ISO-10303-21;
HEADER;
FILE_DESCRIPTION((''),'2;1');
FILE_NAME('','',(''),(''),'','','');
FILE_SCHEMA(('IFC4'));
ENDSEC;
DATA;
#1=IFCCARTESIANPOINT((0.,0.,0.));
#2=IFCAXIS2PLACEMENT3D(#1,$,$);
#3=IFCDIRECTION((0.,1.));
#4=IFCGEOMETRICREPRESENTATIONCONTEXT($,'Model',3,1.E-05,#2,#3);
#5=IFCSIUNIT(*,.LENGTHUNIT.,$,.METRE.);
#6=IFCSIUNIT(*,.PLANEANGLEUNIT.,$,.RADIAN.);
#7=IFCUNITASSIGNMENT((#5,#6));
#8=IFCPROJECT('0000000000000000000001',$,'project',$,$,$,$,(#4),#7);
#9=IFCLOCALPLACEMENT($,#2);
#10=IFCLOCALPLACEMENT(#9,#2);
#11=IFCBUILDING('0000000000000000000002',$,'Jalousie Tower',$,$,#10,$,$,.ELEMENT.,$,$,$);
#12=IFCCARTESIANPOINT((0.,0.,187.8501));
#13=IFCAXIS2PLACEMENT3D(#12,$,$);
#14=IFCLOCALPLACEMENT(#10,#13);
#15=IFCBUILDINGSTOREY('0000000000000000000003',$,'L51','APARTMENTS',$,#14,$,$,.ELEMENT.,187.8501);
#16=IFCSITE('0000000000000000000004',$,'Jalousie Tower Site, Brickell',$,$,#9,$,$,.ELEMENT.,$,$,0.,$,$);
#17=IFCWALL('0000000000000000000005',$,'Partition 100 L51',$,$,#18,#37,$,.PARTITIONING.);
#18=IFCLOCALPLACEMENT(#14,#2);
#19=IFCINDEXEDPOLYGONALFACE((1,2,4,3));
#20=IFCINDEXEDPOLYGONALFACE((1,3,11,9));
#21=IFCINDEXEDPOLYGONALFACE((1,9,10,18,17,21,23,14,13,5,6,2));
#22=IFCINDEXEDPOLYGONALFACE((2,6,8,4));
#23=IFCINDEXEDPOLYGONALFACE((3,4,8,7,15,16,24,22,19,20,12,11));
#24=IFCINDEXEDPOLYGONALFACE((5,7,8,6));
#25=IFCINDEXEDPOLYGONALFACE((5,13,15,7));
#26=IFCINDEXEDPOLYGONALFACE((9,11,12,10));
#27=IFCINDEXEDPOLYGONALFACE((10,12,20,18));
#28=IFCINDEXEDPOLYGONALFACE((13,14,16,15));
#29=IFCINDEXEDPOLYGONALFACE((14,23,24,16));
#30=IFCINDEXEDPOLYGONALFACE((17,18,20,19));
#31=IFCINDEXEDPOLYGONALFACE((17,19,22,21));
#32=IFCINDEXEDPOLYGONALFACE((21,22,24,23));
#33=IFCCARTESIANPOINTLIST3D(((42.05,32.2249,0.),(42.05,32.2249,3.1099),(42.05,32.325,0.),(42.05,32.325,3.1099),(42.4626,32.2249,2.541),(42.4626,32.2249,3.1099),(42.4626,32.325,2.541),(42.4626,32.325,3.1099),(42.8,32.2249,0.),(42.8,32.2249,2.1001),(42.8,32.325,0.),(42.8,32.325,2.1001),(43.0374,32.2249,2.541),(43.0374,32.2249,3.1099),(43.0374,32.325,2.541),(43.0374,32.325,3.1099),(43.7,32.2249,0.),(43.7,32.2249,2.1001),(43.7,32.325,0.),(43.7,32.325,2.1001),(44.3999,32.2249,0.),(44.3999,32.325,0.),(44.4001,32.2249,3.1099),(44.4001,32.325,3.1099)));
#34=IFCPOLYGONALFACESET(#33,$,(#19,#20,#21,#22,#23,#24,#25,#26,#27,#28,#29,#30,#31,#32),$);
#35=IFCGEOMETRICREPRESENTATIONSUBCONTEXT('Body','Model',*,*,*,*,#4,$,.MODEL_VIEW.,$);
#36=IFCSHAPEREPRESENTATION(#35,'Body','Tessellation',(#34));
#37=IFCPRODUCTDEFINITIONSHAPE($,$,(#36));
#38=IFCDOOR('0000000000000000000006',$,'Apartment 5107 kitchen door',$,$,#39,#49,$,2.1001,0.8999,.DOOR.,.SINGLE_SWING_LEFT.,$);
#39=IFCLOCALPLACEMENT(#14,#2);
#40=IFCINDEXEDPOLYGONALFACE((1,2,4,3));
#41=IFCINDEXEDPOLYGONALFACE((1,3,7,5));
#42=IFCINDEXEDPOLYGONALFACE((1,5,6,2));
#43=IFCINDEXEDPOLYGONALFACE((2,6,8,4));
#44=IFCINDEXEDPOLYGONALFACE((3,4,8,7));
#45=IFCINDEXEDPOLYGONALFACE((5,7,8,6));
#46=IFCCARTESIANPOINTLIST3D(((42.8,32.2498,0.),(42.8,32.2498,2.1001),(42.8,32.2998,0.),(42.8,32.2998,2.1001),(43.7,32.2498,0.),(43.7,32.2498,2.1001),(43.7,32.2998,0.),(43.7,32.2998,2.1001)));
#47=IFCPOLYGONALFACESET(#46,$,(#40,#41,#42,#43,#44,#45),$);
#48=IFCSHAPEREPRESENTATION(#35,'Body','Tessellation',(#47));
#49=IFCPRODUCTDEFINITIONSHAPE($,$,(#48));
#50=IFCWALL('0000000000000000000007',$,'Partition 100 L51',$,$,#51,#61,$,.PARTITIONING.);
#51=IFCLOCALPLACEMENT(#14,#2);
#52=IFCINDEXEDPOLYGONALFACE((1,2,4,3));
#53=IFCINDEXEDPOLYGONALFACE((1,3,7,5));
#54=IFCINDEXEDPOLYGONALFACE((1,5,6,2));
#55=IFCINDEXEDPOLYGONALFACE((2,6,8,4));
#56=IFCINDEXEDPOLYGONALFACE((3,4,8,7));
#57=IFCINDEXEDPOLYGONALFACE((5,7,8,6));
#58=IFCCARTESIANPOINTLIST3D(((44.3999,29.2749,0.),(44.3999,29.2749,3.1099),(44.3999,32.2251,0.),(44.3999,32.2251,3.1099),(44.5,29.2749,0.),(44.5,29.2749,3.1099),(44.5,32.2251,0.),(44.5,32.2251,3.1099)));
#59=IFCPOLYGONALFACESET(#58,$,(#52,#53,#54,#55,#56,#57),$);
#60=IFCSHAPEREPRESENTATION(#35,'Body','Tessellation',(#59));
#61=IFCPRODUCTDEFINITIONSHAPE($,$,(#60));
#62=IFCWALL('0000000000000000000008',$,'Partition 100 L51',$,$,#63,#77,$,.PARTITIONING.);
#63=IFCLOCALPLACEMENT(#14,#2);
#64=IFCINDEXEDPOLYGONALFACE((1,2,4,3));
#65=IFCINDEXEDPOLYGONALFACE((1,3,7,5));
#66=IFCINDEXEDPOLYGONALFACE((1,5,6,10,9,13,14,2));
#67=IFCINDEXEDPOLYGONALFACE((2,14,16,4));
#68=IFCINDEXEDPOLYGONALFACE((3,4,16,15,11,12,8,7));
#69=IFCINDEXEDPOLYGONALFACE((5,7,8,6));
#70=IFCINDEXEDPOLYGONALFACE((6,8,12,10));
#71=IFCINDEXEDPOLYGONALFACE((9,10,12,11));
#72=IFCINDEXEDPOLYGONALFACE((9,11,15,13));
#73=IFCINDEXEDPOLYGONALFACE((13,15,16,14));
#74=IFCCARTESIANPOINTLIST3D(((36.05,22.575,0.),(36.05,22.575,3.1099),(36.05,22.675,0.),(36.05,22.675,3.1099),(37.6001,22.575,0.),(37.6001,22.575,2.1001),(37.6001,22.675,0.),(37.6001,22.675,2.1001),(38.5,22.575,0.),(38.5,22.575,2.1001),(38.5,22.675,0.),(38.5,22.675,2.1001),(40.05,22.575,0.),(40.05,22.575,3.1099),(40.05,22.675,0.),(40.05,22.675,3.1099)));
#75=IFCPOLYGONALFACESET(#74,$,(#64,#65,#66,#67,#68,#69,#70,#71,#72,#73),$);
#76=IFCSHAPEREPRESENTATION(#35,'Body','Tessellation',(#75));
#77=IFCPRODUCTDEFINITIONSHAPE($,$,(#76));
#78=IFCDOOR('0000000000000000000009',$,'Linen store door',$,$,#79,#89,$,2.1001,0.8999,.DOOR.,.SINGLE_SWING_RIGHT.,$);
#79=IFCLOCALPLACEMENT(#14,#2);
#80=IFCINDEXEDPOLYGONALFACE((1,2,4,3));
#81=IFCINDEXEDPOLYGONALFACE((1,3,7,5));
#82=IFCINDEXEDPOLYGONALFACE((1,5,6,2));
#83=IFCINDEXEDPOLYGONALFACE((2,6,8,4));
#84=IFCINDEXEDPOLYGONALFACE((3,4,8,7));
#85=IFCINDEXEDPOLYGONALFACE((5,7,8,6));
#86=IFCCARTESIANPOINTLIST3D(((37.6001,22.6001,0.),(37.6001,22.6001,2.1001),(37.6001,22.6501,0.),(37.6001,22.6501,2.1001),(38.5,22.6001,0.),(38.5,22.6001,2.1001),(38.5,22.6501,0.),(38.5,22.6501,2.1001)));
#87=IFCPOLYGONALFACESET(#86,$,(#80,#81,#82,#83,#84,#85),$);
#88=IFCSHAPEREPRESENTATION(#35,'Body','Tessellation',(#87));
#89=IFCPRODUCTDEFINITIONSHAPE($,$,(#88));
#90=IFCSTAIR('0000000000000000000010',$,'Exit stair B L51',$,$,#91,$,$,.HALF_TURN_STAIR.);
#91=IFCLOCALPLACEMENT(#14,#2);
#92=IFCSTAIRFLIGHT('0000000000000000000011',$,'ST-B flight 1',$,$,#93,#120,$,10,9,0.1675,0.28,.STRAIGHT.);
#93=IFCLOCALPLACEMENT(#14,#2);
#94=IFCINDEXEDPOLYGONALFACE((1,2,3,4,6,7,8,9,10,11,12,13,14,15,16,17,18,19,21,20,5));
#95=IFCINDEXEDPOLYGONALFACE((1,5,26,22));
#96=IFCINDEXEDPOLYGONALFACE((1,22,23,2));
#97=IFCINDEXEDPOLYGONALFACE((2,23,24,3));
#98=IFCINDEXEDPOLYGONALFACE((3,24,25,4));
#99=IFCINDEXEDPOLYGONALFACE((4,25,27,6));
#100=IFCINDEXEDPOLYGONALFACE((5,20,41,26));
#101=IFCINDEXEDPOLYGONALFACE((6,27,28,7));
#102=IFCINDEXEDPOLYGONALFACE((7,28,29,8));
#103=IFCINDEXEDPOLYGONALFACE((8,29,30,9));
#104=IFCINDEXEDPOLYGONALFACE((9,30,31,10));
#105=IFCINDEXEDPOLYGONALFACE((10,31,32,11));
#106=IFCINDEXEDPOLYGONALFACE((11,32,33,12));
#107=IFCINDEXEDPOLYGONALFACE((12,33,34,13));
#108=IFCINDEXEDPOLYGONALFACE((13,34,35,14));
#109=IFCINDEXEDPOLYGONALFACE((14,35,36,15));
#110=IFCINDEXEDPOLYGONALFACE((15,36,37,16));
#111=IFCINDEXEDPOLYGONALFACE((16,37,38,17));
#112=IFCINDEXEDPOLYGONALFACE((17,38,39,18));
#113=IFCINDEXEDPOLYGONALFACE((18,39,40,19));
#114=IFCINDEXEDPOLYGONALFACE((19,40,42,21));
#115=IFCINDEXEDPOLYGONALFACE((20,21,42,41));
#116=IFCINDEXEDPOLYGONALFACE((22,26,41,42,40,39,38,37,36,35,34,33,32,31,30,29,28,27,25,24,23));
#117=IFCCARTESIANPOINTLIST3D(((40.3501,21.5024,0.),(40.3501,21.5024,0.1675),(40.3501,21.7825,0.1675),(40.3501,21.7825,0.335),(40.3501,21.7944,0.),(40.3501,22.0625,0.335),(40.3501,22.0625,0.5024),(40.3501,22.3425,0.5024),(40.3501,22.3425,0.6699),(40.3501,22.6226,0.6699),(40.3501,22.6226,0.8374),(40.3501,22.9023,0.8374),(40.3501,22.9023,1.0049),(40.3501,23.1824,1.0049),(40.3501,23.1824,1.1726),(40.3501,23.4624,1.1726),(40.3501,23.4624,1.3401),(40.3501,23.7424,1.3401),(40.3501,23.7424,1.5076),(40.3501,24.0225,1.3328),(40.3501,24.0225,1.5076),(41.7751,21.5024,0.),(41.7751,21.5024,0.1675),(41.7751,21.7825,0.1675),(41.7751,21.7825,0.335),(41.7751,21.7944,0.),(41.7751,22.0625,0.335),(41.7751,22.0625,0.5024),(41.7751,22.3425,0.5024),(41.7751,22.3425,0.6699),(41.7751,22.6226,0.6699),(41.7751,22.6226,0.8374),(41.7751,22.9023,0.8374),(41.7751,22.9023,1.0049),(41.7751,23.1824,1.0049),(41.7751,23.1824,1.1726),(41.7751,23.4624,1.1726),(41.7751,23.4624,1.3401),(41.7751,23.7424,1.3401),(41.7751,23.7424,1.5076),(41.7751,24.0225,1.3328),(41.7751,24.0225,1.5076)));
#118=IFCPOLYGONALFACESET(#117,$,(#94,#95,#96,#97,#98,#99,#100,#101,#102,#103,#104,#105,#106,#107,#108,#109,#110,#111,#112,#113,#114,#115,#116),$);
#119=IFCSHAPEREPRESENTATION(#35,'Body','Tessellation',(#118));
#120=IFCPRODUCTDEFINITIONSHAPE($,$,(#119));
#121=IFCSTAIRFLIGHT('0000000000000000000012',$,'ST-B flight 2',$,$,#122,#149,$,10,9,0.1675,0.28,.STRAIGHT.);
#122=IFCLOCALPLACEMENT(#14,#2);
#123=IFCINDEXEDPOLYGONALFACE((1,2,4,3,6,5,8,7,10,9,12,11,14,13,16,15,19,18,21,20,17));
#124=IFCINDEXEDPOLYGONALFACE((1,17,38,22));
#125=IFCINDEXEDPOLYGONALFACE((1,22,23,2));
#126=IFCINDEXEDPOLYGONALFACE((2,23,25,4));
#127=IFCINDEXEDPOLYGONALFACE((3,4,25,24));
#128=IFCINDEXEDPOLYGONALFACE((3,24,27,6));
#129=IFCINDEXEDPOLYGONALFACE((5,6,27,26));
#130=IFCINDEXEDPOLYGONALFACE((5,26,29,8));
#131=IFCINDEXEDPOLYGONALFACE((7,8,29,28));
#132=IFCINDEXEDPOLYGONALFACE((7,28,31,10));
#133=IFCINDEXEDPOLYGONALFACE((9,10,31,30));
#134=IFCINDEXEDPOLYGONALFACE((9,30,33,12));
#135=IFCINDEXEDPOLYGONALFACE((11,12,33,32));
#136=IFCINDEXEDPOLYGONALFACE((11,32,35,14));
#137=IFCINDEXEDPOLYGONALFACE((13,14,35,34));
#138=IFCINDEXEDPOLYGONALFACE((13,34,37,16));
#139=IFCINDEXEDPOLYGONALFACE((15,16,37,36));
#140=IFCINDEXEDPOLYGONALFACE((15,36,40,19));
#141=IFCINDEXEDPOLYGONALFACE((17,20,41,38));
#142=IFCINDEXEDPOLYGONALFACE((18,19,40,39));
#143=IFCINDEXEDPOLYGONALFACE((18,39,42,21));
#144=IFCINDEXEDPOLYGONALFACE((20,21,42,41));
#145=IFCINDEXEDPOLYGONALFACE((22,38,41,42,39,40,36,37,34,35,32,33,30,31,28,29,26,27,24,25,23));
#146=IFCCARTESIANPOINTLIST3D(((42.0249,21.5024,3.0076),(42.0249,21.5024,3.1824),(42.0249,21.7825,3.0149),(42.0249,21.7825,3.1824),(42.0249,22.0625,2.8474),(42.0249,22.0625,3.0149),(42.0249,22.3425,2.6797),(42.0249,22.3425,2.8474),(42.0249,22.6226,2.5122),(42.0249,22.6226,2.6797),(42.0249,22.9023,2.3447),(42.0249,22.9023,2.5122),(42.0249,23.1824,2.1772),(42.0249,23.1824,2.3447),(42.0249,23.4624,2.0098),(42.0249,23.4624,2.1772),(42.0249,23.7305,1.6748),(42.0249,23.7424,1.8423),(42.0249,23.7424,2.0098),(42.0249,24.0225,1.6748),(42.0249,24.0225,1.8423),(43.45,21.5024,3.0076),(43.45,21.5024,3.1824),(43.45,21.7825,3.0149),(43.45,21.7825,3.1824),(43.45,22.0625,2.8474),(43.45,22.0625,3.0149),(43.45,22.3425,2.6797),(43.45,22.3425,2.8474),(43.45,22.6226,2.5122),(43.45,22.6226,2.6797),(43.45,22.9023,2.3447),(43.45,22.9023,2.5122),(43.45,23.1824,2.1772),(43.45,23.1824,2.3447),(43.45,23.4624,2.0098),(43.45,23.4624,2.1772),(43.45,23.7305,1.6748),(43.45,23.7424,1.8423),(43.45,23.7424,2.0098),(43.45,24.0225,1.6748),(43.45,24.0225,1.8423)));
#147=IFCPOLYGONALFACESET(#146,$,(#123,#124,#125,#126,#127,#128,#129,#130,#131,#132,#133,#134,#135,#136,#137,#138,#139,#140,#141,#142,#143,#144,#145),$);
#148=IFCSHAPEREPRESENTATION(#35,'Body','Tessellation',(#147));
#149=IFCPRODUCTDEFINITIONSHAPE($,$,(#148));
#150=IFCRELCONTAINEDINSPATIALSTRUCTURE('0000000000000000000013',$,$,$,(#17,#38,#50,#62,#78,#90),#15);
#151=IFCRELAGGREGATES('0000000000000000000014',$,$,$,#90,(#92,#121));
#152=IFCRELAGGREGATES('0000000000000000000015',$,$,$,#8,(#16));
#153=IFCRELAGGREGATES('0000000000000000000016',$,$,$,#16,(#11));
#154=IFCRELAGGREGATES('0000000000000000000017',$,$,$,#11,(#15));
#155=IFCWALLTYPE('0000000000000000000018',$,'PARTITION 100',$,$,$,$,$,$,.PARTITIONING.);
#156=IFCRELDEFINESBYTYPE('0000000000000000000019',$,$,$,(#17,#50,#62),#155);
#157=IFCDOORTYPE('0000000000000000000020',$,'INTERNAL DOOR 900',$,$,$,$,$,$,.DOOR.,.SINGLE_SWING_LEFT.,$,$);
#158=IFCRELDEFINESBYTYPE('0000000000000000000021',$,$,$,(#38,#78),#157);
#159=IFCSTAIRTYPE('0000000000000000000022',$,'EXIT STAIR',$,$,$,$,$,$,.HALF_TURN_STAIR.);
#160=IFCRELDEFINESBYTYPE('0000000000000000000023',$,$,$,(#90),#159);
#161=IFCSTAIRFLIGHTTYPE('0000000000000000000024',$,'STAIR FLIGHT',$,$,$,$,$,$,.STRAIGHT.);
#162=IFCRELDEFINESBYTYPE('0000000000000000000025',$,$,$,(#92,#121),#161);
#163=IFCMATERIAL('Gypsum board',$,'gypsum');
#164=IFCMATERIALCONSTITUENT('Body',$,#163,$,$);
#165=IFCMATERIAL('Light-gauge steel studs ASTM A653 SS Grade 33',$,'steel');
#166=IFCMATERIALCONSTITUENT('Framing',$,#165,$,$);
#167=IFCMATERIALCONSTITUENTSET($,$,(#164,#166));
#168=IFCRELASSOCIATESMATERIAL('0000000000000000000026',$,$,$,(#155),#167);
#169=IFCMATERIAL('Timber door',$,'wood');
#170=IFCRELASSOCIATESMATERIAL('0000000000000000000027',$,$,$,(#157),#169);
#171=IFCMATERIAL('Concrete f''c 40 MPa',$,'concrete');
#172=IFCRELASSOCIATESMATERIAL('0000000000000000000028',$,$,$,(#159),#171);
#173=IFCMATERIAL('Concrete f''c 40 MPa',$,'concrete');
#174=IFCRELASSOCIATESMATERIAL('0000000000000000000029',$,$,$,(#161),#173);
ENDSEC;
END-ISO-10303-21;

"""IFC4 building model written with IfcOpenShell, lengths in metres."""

from ifc_helpers import new_model, si_unit, direction, frame, frame_2d, origin, place, context, subcontext, project, spatial, polyline, rectangle, outline, extrude, material, constituent, constituent_set, type_object, element, fill, aggregate, save


model = new_model("IFC4")

# Units and contexts
model_context = context("Model", 3, precision=1e-05, world=origin(), true_north=direction((0.0, 1.0)))
body_context = subcontext(model_context, "Body", "Model", "MODEL_VIEW")
ifc_project = project(units=[si_unit("LENGTHUNIT", "METRE"), si_unit("PLANEANGLEUNIT", "RADIAN")], contexts=[model_context])

# Site, building, storey
site_placement = place(None, origin())
site = spatial("IfcSite", under=ifc_project, at=site_placement, Name="Jalousie Tower Site, Brickell", CompositionType="ELEMENT", RefElevation=0.0)
building_placement = place(site_placement, origin())
building = spatial("IfcBuilding", under=site, at=building_placement, Name="Jalousie Tower", CompositionType="ELEMENT")
storey_placement = place(building_placement, frame((0.0, 0.0, 187.8501)))
storey = spatial("IfcBuildingStorey", under=building, at=storey_placement, Name="L51", Description="APARTMENTS", CompositionType="ELEMENT", Elevation=187.8501)

# Wall, opening, door
ifc_material_1 = material(Name="Gypsum board", Category="gypsum")
ifc_constituent_1 = constituent(ifc_material_1, Name="Body")
ifc_material_2 = material(Name="Light-gauge steel studs ASTM A653 SS Grade 33", Category="steel")
ifc_constituent_2 = constituent(ifc_material_2, Name="Framing")
ifc_constituent_set_1 = constituent_set(constituents=[ifc_constituent_1, ifc_constituent_2])
wall_type_1 = type_object("IfcWallType", Name="PARTITION 100", PredefinedType="PARTITIONING", material=ifc_constituent_set_1)
wall_1_placement = place(storey_placement, frame((42.05, 32.2749, 0.0), z_axis=(0.0, 0.0, 1.0), x_axis=(1.0, 0.0, 0.0)))
wall_1 = element("IfcWall", 1, at=wall_1_placement, inside=storey, type_object=wall_type_1, Name="Partition 100 L51", PredefinedType="PARTITIONING", context=body_context, shape_type="SweptSolid", body=[
    extrude(outline(polyline([(0.0, 0.0), (2.3499, 0.0), (2.3501, 3.1099), (0.9873, 3.1099), (0.9873, 2.541), (0.4126, 2.541), (0.4126, 3.1099), (0.0, 3.1099), (0.0, 0.0)])), frame((0.0, 0.05, 0.0), z_axis=(0.0, -1.0, 0.0), x_axis=(1.0, 0.0, 0.0)), (0.0, 0.0, 1.0), 0.1001),
])
opening_1_placement = place(wall_1_placement, frame((0.75, 0.0, 0.0)))
opening_1 = element("IfcOpeningElement", 2, at=opening_1_placement, cuts=wall_1, PredefinedType="OPENING", context=body_context, shape_type="SweptSolid", body=[
    extrude(rectangle(XDim=0.8999, YDim=2.1001, at=frame_2d((0.45, 1.05))), frame((0.0, 0.0601, 0.0), z_axis=(0.0, -1.0, 0.0), x_axis=(1.0, 0.0, 0.0)), (0.0, 0.0, 1.0), 0.1201),
])
ifc_material_3 = material(Name="Timber door", Category="wood")
door_type_1 = type_object("IfcDoorType", Name="INTERNAL DOOR 900", OperationType="SINGLE_SWING_LEFT", PredefinedType="DOOR", material=ifc_material_3)
door_1_placement = place(opening_1_placement, origin())
door_1 = element("IfcDoor", 3, at=door_1_placement, inside=storey, type_object=door_type_1, Name="Apartment 5107 kitchen door", OperationType="SINGLE_SWING_LEFT", OverallHeight=2.1001, OverallWidth=0.8999, PredefinedType="DOOR", context=body_context, shape_type="SweptSolid", body=[
    extrude(rectangle(XDim=0.8999, YDim=2.1001, at=frame_2d((0.45, 1.05))), frame((0.0, 0.0249, 0.0), z_axis=(0.0, -1.0, 0.0), x_axis=(1.0, 0.0, 0.0)), (0.0, 0.0, 1.0), 0.05),
])
fill(opening_1, door_1)

# Wall
wall_2_placement = place(storey_placement, frame((44.45, 32.2251, 0.0), z_axis=(0.0, 0.0, 1.0), x_axis=(0.0, -1.0, 0.0)))
element("IfcWall", 4, at=wall_2_placement, inside=storey, type_object=wall_type_1, Name="Partition 100 L51", PredefinedType="PARTITIONING", context=body_context, shape_type="SweptSolid", body=[
    extrude(rectangle(XDim=2.9502, YDim=0.1001, at=frame_2d((1.4751, 0.0))), origin(), (0.0, 0.0, 1.0), 3.1099),
])

# Wall, opening, door
wall_3_placement = place(storey_placement, frame((36.05, 22.625, 0.0), z_axis=(0.0, 0.0, 1.0), x_axis=(1.0, 0.0, 0.0)))
wall_3 = element("IfcWall", 5, at=wall_3_placement, inside=storey, type_object=wall_type_1, Name="Partition 100 L51", PredefinedType="PARTITIONING", context=body_context, shape_type="SweptSolid", body=[
    extrude(rectangle(XDim=4.0, YDim=0.1001, at=frame_2d((2.0, 0.0))), origin(), (0.0, 0.0, 1.0), 3.1099),
])
opening_2_placement = place(wall_3_placement, frame((1.55, 0.0, 0.0)))
opening_2 = element("IfcOpeningElement", 6, at=opening_2_placement, cuts=wall_3, PredefinedType="OPENING", context=body_context, shape_type="SweptSolid", body=[
    extrude(rectangle(XDim=0.8999, YDim=2.1001, at=frame_2d((0.45, 1.05))), frame((0.0, 0.0601, 0.0), z_axis=(0.0, -1.0, 0.0), x_axis=(1.0, 0.0, 0.0)), (0.0, 0.0, 1.0), 0.1201),
])
door_2_placement = place(opening_2_placement, frame((0.8999, 0.0, 0.0), z_axis=(0.0, 0.0, 1.0), x_axis=(-1.0, 0.0, 0.0)))
door_2 = element("IfcDoor", 7, at=door_2_placement, inside=storey, type_object=door_type_1, Name="Linen store door", OperationType="SINGLE_SWING_RIGHT", OverallHeight=2.1001, OverallWidth=0.8999, PredefinedType="DOOR", context=body_context, shape_type="SweptSolid", body=[
    extrude(rectangle(XDim=0.8999, YDim=2.1001, at=frame_2d((0.45, 1.05))), frame((0.0, 0.0249, 0.0), z_axis=(0.0, -1.0, 0.0), x_axis=(1.0, 0.0, 0.0)), (0.0, 0.0, 1.0), 0.05),
])
fill(opening_2, door_2)

# Stair, stair flights
ifc_material_4 = material(Name="Concrete f'c 40 MPa", Category="concrete")
stair_type = type_object("IfcStairType", Name="EXIT STAIR", PredefinedType="HALF_TURN_STAIR", material=ifc_material_4)
stair_placement = place(storey_placement, origin())
stair = element("IfcStair", 8, at=stair_placement, inside=storey, type_object=stair_type, Name="Exit stair B L51", PredefinedType="HALF_TURN_STAIR")
ifc_material_5 = material(Name="Concrete f'c 40 MPa", Category="concrete")
stair_flight_type = type_object("IfcStairFlightType", Name="STAIR FLIGHT", PredefinedType="STRAIGHT", material=ifc_material_5)
stair_flight_1_placement = place(storey_placement, frame((41.0625, 21.5024, 0.0), z_axis=(0.0, 0.0, 1.0), x_axis=(0.0, 1.0, 0.0)))
stair_flight_1 = element("IfcStairFlight", 9, at=stair_flight_1_placement, type_object=stair_flight_type, Name="ST-B flight 1", NumberOfRisers=10, NumberOfTreads=9, PredefinedType="STRAIGHT", RiserHeight=0.1675, TreadLength=0.28, context=body_context, shape_type="SweptSolid", body=[
    extrude(outline(polyline([(0.0, 0.0), (0.0, 0.1675), (0.28, 0.1675), (0.28, 0.335), (0.5601, 0.335), (0.5601, 0.5024), (0.8401, 0.5024), (0.8401, 0.6699), (1.1201, 0.6699), (1.1201, 0.8374), (1.3999, 0.8374), (1.3999, 1.0049), (1.6799, 1.0049), (1.6799, 1.1726), (1.96, 1.1726), (1.96, 1.3401), (2.24, 1.3401), (2.24, 1.5076), (2.52, 1.5076), (2.52, 1.675), (2.52, 1.3328), (0.292, 0.0), (0.0, 0.0)])), frame((0.0, 0.7124, 0.0), z_axis=(0.0, -1.0, 0.0), x_axis=(1.0, 0.0, 0.0)), (0.0, 0.0, 1.0), 1.425),
])
stair_flight_2_placement = place(storey_placement, frame((42.7375, 24.0225, 1.6748), z_axis=(0.0, 0.0, 1.0), x_axis=(0.0, -1.0, 0.0)))
stair_flight_2 = element("IfcStairFlight", 10, at=stair_flight_2_placement, type_object=stair_flight_type, Name="ST-B flight 2", NumberOfRisers=10, NumberOfTreads=9, PredefinedType="STRAIGHT", RiserHeight=0.1675, TreadLength=0.28, context=body_context, shape_type="SweptSolid", body=[
    extrude(outline(polyline([(0.0, 0.0), (0.0, 0.1675), (0.28, 0.1675), (0.28, 0.335), (0.5601, 0.335), (0.5601, 0.5024), (0.8401, 0.5024), (0.8401, 0.6699), (1.1201, 0.6699), (1.1201, 0.8374), (1.3999, 0.8374), (1.3999, 1.0049), (1.6799, 1.0049), (1.6799, 1.1726), (1.96, 1.1726), (1.96, 1.3401), (2.24, 1.3401), (2.24, 1.5076), (2.52, 1.5076), (2.52, 1.675), (2.52, 1.3328), (0.292, 0.0), (0.0, 0.0)])), frame((0.0, 0.7124, 0.0), z_axis=(0.0, -1.0, 0.0), x_axis=(1.0, 0.0, 0.0)), (0.0, 0.0, 1.0), 1.425),
])
aggregate(stair, [stair_flight_1, stair_flight_2])

save(model, "model.ifc")
